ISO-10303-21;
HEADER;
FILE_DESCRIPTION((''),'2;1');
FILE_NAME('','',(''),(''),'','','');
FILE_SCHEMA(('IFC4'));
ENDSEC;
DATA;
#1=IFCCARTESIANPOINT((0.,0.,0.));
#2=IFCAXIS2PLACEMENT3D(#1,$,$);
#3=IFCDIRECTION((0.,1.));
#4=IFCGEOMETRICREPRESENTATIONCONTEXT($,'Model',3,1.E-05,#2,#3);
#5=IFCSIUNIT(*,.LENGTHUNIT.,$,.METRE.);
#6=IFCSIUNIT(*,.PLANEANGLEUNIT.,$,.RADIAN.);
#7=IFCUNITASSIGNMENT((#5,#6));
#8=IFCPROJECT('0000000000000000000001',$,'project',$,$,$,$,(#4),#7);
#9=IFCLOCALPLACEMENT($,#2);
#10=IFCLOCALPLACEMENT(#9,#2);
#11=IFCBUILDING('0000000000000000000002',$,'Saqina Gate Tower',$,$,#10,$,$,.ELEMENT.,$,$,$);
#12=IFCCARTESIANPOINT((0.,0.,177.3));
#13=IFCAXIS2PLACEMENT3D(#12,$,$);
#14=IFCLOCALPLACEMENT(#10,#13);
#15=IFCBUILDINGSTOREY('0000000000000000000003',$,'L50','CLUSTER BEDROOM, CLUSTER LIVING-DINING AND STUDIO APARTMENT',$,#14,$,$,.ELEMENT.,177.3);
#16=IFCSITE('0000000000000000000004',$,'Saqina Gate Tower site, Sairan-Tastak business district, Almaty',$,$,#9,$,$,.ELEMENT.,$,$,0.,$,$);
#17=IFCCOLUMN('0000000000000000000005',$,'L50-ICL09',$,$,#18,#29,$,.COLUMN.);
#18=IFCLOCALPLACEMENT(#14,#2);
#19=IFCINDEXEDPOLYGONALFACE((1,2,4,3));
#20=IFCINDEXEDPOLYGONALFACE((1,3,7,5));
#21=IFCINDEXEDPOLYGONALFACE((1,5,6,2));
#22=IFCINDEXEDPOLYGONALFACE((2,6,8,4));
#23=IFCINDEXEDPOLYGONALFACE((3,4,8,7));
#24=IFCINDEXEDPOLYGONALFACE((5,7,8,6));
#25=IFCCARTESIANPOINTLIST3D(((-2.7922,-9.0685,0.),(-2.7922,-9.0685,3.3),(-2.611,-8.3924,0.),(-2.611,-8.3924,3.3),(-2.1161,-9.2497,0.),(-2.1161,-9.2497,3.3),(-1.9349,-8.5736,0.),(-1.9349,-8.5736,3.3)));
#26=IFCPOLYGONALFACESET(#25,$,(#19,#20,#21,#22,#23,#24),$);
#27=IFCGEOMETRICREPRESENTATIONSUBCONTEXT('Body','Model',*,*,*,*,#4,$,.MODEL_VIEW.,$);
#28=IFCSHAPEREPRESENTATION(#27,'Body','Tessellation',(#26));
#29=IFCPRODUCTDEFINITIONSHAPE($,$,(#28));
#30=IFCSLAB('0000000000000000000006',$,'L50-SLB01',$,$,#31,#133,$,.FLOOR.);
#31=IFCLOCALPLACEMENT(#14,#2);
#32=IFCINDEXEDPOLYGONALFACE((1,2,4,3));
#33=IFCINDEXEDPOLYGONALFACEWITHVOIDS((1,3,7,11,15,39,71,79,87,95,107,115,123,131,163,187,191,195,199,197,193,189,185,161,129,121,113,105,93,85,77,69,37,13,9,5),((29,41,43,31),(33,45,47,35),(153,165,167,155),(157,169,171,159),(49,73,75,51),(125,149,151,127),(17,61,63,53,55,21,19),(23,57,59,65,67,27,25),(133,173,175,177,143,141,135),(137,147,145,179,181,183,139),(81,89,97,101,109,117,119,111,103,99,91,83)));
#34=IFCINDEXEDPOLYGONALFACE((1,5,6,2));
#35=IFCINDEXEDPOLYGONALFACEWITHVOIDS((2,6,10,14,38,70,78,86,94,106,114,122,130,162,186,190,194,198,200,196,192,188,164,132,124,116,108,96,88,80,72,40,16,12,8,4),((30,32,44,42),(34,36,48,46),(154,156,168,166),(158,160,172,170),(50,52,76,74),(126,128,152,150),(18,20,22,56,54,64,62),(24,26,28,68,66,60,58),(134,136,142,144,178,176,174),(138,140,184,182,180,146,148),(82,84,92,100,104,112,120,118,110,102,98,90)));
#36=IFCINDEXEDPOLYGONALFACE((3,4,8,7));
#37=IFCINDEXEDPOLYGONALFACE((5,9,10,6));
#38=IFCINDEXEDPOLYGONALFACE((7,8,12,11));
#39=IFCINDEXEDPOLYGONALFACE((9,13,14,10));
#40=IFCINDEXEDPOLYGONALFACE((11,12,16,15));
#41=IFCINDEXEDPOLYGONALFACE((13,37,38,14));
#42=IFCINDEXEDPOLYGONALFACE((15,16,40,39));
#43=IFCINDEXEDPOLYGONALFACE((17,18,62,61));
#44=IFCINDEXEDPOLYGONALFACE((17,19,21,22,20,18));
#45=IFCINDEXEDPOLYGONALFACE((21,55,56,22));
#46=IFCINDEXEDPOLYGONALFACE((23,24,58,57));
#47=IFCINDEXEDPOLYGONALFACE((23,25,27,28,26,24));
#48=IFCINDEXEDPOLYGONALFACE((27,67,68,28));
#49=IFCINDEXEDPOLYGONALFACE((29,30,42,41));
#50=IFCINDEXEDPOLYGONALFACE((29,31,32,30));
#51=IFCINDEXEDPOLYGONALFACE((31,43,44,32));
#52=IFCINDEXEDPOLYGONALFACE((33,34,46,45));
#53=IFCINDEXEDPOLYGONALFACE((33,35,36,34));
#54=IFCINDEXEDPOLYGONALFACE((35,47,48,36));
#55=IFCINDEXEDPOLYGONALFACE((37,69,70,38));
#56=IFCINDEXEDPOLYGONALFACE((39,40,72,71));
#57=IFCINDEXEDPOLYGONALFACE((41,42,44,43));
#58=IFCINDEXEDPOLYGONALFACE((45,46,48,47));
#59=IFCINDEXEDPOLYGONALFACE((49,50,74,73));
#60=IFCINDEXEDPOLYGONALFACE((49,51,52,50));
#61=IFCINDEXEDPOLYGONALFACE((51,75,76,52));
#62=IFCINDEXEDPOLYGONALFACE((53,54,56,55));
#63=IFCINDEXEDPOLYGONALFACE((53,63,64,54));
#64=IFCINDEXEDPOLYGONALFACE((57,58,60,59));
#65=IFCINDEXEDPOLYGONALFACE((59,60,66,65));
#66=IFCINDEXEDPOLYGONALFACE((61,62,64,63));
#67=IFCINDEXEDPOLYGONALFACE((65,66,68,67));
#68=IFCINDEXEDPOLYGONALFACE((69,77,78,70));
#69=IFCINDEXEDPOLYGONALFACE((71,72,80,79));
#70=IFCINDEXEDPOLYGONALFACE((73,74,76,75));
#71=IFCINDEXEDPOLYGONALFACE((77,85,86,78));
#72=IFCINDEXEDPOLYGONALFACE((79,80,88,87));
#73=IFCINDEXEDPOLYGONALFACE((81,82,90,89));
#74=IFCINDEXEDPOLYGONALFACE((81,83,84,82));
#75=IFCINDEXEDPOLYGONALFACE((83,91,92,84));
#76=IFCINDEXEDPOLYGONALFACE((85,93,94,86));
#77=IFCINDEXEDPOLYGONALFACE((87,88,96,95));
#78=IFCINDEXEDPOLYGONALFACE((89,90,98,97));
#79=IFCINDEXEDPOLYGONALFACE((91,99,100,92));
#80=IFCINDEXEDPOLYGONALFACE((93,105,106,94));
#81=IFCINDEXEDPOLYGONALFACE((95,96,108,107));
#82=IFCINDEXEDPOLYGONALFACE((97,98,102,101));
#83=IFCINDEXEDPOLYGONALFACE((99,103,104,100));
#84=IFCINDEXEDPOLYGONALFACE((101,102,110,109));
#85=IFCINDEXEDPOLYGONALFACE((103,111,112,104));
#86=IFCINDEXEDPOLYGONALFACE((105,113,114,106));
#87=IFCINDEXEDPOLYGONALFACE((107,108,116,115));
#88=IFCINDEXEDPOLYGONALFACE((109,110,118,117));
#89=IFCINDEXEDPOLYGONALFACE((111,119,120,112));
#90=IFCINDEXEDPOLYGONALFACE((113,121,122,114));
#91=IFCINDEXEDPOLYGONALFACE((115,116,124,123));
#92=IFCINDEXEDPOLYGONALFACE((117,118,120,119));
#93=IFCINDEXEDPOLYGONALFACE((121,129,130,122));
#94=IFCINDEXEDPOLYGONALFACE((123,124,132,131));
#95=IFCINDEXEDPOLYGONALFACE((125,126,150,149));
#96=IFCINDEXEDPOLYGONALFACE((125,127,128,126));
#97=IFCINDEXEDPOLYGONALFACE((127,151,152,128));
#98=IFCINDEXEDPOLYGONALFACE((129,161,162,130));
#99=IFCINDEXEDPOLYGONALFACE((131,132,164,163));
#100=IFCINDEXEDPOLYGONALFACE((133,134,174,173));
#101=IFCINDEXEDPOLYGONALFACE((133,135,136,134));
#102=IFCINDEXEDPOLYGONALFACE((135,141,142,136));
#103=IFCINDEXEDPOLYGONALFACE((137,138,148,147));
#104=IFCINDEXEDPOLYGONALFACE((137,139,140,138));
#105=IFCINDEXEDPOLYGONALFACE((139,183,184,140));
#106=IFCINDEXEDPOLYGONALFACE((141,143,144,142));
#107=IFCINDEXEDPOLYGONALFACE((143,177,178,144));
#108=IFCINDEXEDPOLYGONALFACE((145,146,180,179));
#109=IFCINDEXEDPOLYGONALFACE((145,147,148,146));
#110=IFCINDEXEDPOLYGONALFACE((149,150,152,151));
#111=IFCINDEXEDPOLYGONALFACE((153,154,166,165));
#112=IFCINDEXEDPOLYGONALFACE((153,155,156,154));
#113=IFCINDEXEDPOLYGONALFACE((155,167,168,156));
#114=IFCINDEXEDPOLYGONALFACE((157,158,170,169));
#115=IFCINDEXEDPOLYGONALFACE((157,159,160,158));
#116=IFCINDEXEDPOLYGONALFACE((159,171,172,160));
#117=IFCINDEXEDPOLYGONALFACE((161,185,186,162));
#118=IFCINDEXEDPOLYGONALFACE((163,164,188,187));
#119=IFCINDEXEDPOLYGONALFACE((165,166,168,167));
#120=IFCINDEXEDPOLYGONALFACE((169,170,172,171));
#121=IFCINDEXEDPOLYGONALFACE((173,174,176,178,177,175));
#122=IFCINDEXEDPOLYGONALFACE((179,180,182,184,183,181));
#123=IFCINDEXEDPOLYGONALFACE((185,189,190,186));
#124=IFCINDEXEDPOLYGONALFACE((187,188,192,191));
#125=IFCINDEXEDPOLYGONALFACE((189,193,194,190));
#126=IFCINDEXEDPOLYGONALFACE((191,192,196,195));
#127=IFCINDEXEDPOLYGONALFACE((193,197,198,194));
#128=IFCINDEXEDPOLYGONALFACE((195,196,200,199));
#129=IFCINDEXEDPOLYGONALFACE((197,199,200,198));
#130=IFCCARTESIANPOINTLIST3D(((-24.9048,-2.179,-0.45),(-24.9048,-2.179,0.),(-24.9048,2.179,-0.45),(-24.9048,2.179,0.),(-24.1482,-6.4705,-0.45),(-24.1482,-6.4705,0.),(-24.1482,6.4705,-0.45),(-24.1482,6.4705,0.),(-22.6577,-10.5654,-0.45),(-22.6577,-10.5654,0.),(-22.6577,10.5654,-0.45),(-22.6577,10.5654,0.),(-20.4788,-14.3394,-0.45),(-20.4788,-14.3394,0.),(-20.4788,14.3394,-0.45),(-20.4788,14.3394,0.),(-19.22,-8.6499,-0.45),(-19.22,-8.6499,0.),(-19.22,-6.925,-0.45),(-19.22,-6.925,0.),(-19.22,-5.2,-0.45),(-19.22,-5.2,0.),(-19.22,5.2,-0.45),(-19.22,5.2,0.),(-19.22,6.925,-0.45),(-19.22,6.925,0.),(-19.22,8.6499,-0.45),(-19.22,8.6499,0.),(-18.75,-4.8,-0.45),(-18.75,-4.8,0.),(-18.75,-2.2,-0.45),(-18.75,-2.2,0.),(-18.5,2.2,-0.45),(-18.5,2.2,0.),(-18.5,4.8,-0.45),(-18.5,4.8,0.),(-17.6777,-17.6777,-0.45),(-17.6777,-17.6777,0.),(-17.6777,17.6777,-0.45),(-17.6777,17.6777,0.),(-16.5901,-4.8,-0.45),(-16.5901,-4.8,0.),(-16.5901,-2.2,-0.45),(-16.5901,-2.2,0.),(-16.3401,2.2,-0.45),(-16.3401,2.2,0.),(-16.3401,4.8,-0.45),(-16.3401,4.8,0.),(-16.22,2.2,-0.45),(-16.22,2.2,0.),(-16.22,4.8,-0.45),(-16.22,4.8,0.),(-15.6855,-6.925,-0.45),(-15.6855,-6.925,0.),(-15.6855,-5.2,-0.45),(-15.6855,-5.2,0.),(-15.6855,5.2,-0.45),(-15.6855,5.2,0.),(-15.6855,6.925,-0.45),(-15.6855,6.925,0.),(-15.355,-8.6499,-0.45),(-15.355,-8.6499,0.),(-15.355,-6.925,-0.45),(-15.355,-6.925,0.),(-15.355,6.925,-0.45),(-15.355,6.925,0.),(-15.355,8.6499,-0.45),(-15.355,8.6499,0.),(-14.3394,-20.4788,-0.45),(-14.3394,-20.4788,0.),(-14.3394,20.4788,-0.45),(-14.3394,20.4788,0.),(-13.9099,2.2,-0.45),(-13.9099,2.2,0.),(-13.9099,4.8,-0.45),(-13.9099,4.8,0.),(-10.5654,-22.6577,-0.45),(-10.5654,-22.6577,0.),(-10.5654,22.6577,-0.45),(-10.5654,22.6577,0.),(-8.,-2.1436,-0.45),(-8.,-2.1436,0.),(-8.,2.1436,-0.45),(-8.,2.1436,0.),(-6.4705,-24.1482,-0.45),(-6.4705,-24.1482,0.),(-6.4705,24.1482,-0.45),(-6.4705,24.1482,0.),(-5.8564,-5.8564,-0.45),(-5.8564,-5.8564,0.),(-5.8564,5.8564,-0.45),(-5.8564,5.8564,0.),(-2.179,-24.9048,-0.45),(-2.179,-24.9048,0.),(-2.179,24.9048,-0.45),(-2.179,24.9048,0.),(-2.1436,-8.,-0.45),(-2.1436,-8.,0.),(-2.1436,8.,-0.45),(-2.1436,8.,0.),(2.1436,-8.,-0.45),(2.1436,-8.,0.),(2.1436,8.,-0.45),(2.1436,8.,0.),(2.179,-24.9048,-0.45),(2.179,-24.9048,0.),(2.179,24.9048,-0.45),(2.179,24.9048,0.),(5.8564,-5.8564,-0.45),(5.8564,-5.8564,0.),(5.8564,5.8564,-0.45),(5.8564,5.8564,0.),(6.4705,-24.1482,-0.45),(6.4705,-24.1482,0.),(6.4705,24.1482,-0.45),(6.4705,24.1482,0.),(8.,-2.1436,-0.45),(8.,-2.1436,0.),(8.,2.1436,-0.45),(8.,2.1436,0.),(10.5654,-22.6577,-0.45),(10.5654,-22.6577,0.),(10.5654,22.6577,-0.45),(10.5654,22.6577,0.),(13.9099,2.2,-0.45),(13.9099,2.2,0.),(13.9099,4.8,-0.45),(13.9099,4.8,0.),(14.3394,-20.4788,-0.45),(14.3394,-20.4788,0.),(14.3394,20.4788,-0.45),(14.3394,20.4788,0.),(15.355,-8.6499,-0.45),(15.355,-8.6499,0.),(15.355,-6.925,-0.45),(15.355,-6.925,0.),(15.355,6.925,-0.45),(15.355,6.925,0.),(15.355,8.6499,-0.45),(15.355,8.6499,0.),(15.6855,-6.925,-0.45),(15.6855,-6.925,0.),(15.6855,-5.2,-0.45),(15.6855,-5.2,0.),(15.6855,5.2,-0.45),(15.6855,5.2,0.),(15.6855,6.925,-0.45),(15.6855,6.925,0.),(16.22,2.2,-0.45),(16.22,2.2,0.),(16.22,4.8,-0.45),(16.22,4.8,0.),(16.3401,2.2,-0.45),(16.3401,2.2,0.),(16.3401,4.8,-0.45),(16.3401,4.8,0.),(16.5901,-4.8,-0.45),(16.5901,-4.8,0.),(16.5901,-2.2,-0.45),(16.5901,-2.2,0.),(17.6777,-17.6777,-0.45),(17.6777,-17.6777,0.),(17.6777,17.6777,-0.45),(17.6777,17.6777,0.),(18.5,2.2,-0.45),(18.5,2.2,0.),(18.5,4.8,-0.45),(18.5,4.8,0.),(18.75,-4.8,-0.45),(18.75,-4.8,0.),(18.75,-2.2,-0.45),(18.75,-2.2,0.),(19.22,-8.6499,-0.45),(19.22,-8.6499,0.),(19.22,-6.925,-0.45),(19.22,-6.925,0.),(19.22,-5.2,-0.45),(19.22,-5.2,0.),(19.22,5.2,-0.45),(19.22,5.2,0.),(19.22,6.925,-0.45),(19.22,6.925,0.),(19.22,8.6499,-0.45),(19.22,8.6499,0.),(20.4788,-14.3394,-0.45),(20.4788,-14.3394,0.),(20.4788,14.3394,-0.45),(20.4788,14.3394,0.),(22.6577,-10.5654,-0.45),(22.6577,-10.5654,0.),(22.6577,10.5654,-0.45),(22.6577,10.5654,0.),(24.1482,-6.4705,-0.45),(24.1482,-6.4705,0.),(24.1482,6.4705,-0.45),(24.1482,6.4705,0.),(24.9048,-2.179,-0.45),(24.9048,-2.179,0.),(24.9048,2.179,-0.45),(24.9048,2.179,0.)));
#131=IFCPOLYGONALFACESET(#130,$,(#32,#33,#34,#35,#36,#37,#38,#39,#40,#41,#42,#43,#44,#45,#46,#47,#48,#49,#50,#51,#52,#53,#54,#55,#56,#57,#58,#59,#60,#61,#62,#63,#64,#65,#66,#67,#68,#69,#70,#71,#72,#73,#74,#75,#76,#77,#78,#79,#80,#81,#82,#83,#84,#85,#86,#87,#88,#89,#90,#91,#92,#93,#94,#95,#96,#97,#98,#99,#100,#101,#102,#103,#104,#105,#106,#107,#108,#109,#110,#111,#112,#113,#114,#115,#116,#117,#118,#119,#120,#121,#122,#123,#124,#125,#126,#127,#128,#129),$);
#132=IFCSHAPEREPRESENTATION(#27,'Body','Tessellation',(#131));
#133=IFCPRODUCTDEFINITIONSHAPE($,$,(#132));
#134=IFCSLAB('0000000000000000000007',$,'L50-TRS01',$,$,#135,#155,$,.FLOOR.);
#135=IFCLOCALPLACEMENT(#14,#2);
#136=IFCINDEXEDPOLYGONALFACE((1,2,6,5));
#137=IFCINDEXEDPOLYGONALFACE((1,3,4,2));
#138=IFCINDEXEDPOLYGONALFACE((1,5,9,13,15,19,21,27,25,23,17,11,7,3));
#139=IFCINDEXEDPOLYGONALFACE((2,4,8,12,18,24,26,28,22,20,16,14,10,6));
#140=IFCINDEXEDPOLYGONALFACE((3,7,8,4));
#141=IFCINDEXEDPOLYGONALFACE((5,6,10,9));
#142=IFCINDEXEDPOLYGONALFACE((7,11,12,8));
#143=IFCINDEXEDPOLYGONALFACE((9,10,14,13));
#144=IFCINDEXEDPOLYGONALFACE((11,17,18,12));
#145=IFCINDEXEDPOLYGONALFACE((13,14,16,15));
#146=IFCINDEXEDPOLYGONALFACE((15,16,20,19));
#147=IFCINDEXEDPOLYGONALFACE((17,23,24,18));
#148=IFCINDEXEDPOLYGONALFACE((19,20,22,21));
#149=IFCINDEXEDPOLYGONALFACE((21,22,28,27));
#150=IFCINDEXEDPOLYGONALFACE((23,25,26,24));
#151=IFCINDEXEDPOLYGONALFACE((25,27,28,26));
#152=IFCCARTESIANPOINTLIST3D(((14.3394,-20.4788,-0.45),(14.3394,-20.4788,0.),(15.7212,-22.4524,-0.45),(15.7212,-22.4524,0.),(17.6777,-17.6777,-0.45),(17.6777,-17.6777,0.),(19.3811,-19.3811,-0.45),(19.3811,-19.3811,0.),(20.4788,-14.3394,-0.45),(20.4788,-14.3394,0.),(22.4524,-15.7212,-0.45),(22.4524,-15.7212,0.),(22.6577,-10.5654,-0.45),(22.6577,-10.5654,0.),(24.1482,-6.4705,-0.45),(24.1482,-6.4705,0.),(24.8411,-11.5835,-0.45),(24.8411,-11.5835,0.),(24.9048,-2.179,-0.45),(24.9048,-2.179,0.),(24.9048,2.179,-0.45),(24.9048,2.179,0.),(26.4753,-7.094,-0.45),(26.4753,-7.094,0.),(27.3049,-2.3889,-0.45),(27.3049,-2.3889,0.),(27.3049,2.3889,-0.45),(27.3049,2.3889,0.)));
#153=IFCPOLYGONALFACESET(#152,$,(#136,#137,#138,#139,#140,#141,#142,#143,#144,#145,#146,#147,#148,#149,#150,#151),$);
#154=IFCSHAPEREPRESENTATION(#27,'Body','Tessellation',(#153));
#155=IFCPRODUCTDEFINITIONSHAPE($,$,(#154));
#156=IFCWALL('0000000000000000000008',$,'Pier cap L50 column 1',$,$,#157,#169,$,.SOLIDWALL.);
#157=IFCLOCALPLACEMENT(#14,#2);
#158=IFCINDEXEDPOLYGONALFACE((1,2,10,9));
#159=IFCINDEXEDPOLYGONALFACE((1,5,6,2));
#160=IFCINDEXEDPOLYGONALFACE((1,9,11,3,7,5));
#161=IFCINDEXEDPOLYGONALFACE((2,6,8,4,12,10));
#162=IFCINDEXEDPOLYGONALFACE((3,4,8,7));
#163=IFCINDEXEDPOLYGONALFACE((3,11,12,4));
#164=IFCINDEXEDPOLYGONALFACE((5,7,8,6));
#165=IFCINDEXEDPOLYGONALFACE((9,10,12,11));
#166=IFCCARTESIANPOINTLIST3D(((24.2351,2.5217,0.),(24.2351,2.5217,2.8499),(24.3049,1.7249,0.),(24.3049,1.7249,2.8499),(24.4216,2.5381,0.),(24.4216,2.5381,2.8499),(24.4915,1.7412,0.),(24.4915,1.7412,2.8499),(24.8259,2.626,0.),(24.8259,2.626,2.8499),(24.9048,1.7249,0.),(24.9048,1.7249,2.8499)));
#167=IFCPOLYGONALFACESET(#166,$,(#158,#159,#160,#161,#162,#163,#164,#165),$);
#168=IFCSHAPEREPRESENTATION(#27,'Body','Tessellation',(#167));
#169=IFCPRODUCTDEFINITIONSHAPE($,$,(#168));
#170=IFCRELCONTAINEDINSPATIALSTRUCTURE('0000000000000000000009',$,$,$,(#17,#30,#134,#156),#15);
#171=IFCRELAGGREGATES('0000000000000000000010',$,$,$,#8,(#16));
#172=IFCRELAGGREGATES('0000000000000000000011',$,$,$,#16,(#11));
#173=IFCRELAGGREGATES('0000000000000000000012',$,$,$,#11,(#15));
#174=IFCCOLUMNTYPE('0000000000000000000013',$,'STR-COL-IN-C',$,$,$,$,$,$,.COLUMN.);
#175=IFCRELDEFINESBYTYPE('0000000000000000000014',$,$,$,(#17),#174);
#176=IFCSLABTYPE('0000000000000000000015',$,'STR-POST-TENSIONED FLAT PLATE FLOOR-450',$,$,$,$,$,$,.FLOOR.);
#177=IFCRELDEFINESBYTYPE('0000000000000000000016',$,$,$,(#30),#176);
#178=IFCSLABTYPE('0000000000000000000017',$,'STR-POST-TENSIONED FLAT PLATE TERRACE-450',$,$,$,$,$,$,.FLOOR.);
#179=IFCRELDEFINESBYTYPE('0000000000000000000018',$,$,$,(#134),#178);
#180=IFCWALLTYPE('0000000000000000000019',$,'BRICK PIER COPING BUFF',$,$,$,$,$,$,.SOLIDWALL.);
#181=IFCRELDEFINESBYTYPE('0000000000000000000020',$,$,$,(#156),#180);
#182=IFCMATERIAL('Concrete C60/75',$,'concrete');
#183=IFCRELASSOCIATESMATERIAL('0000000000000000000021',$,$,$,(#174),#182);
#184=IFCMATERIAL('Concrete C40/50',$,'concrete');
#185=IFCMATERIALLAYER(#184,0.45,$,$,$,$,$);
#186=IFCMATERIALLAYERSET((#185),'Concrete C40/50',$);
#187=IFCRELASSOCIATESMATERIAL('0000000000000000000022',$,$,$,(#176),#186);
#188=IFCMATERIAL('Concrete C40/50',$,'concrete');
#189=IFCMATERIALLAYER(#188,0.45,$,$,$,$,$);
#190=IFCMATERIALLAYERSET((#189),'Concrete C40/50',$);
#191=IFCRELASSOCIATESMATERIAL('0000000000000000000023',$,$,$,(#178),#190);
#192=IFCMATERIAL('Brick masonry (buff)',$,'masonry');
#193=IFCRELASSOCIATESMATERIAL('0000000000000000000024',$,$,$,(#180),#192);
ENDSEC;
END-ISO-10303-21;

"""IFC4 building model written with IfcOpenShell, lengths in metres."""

from ifc_helpers import new_model, si_unit, direction, frame, origin, origin_2d, place, context, subcontext, project, spatial, polyline, rectangle, outline, extrude, material, layer, layer_set, material_profile, profile_set, type_object, element, save


model = new_model("IFC4")

# Units and contexts
model_context = context("Model", 3, precision=1e-05, world=origin(), true_north=direction((0.0, 1.0)))
body_context = subcontext(model_context, "Body", "Model", "MODEL_VIEW")
ifc_project = project(units=[si_unit("LENGTHUNIT", "METRE"), si_unit("PLANEANGLEUNIT", "RADIAN")], contexts=[model_context])

# Site, building, storey
site_placement = place(None, origin())
site = spatial("IfcSite", under=ifc_project, at=site_placement, Name="Saqina Gate Tower site, Sairan-Tastak business district, Almaty", CompositionType="ELEMENT", RefElevation=0.0)
building_placement = place(site_placement, origin())
building = spatial("IfcBuilding", under=site, at=building_placement, Name="Saqina Gate Tower", CompositionType="ELEMENT")
storey_placement = place(building_placement, frame((0.0, 0.0, 177.3)))
storey = spatial("IfcBuildingStorey", under=building, at=storey_placement, Name="L50", Description="CLUSTER BEDROOM, CLUSTER LIVING-DINING AND STUDIO APARTMENT", CompositionType="ELEMENT", Elevation=177.3)

# Column
ifc_material_1 = material(Name="Concrete C60/75", Category="concrete")
ifc_material_profile = material_profile(ifc_material_1, rectangle(XDim=0.7, YDim=0.7, at=origin_2d()), Name="RC 700x700")
ifc_profile_set = profile_set([ifc_material_profile], Name="Concrete C60/75")
column_type = type_object("IfcColumnType", Name="STR-COL-IN-C", PredefinedType="COLUMN", material=ifc_profile_set)
column_placement = place(storey_placement, frame((-2.3635, -8.821, 0.0), z_axis=(0.0, 0.0, 1.0), x_axis=(-0.258819, -0.965926, 0.0)))
element("IfcColumn", 1, at=column_placement, inside=storey, type_object=column_type, Name="L50-ICL09", PredefinedType="COLUMN", context=body_context, shape_type="SweptSolid", body=[
    extrude(rectangle(XDim=0.7, YDim=0.7, at=origin_2d()), origin(), (0.0, 0.0, 1.0), 3.3),
])

# Slabs
ifc_material_2 = material(Name="Concrete C40/50", Category="concrete")
ifc_layer_1 = layer(ifc_material_2, 0.45)
ifc_layer_set_1 = layer_set([ifc_layer_1], Name="Concrete C40/50")
slab_type_1 = type_object("IfcSlabType", Name="STR-POST-TENSIONED FLAT PLATE FLOOR-450", PredefinedType="FLOOR", material=ifc_layer_set_1)
slab_1_placement = place(storey_placement, frame((0.0, 0.0, -0.45)))
element("IfcSlab", 2, at=slab_1_placement, inside=storey, type_object=slab_type_1, Name="L50-SLB01", PredefinedType="FLOOR", context=body_context, shape_type="SweptSolid", body=[
    extrude(outline(polyline([(24.1482, -6.4705), (24.9048, -2.179), (24.9048, 2.179), (24.1482, 6.4705), (22.6577, 10.5654), (20.4788, 14.3394), (17.6777, 17.6777), (14.3394, 20.4788), (10.5654, 22.6577), (6.4705, 24.1482), (2.179, 24.9048), (-2.179, 24.9048), (-6.4705, 24.1482), (-10.5654, 22.6577), (-14.3394, 20.4788), (-17.6777, 17.6777), (-20.4788, 14.3394), (-22.6577, 10.5654), (-24.1482, 6.4705), (-24.9048, 2.179), (-24.9048, -2.179), (-24.1482, -6.4705), (-22.6577, -10.5654), (-20.4788, -14.3394), (-17.6777, -17.6777), (-14.3394, -20.4788), (-10.5654, -22.6577), (-6.4705, -24.1482), (-2.179, -24.9048), (2.179, -24.9048), (6.4705, -24.1482), (10.5654, -22.6577), (14.3394, -20.4788), (17.6777, -17.6777), (20.4788, -14.3394), (22.6577, -10.5654), (24.1482, -6.4705)]), holes=[polyline([(2.1436, 8.0), (5.8564, 5.8564), (8.0, 2.1436), (8.0, -2.1436), (5.8564, -5.8564), (2.1436, -8.0), (-2.1436, -8.0), (-5.8564, -5.8564), (-8.0, -2.1436), (-8.0, 2.1436), (-5.8564, 5.8564), (-2.1436, 8.0), (2.1436, 8.0)]), polyline([(-15.355, -8.6499), (-19.22, -8.6499), (-19.22, -6.925), (-19.22, -5.2), (-15.6855, -5.2), (-15.6855, -6.925), (-15.355, -6.925), (-15.355, -8.6499)]), polyline([(-16.5901, -2.2), (-16.5901, -4.8), (-18.75, -4.8), (-18.75, -2.2), (-16.5901, -2.2)]), polyline([(-16.3401, 4.8), (-16.3401, 2.2), (-18.5, 2.2), (-18.5, 4.8), (-16.3401, 4.8)]), polyline([(-13.9099, 4.8), (-13.9099, 2.2), (-16.22, 2.2), (-16.22, 4.8), (-13.9099, 4.8)]), polyline([(-19.22, 6.925), (-19.22, 8.6499), (-15.355, 8.6499), (-15.355, 6.925), (-15.6855, 6.925), (-15.6855, 5.2), (-19.22, 5.2), (-19.22, 6.925)]), polyline([(15.355, -8.6499), (15.355, -6.925), (15.6855, -6.925), (15.6855, -5.2), (19.22, -5.2), (19.22, -6.925), (19.22, -8.6499), (15.355, -8.6499)]), polyline([(18.75, -2.2), (18.75, -4.8), (16.5901, -4.8), (16.5901, -2.2), (18.75, -2.2)]), polyline([(16.22, 4.8), (16.22, 2.2), (13.9099, 2.2), (13.9099, 4.8), (16.22, 4.8)]), polyline([(18.5, 4.8), (18.5, 2.2), (16.3401, 2.2), (16.3401, 4.8), (18.5, 4.8)]), polyline([(15.6855, 6.925), (15.355, 6.925), (15.355, 8.6499), (19.22, 8.6499), (19.22, 6.925), (19.22, 5.2), (15.6855, 5.2), (15.6855, 6.925)])]), origin(), (0.0, 0.0, 1.0), 0.45),
])
ifc_material_3 = material(Name="Concrete C40/50", Category="concrete")
ifc_layer_2 = layer(ifc_material_3, 0.45)
ifc_layer_set_2 = layer_set([ifc_layer_2], Name="Concrete C40/50")
slab_type_2 = type_object("IfcSlabType", Name="STR-POST-TENSIONED FLAT PLATE TERRACE-450", PredefinedType="FLOOR", material=ifc_layer_set_2)
slab_2_placement = place(storey_placement, frame((0.0, 0.0, -0.45)))
element("IfcSlab", 3, at=slab_2_placement, inside=storey, type_object=slab_type_2, Name="L50-TRS01", PredefinedType="FLOOR", context=body_context, shape_type="SweptSolid", body=[
    extrude(outline(polyline([(14.3394, -20.4788), (17.6777, -17.6777), (20.4788, -14.3394), (22.6577, -10.5654), (24.1482, -6.4705), (24.9048, -2.179), (24.9048, 2.179), (27.3049, 2.3889), (27.3049, -2.3889), (26.4753, -7.094), (24.8411, -11.5835), (22.4524, -15.7212), (19.3811, -19.3811), (15.7212, -22.4524), (14.3394, -20.4788)])), origin(), (0.0, 0.0, 1.0), 0.45),
])

# Wall
ifc_material_4 = material(Name="Brick masonry (buff)", Category="masonry")
wall_type_1 = type_object("IfcWallType", Name="BRICK PIER COPING BUFF", PredefinedType="SOLIDWALL", material=ifc_material_4)
wall_1_placement = place(storey_placement, origin())
element("IfcWall", 4, at=wall_1_placement, inside=storey, type_object=wall_type_1, Name="Pier cap L50 column 1", PredefinedType="SOLIDWALL", context=body_context, shape_type="SweptSolid", body=[
    extrude(outline(polyline([(24.9048, 1.7249), (24.8259, 2.626), (24.2351, 2.5217), (24.4216, 2.5381), (24.4915, 1.7412), (24.3049, 1.7249), (24.9048, 1.7249)])), origin(), (0.0, 0.0, 1.0), 2.8499),
])

save(model, "model.ifc")
